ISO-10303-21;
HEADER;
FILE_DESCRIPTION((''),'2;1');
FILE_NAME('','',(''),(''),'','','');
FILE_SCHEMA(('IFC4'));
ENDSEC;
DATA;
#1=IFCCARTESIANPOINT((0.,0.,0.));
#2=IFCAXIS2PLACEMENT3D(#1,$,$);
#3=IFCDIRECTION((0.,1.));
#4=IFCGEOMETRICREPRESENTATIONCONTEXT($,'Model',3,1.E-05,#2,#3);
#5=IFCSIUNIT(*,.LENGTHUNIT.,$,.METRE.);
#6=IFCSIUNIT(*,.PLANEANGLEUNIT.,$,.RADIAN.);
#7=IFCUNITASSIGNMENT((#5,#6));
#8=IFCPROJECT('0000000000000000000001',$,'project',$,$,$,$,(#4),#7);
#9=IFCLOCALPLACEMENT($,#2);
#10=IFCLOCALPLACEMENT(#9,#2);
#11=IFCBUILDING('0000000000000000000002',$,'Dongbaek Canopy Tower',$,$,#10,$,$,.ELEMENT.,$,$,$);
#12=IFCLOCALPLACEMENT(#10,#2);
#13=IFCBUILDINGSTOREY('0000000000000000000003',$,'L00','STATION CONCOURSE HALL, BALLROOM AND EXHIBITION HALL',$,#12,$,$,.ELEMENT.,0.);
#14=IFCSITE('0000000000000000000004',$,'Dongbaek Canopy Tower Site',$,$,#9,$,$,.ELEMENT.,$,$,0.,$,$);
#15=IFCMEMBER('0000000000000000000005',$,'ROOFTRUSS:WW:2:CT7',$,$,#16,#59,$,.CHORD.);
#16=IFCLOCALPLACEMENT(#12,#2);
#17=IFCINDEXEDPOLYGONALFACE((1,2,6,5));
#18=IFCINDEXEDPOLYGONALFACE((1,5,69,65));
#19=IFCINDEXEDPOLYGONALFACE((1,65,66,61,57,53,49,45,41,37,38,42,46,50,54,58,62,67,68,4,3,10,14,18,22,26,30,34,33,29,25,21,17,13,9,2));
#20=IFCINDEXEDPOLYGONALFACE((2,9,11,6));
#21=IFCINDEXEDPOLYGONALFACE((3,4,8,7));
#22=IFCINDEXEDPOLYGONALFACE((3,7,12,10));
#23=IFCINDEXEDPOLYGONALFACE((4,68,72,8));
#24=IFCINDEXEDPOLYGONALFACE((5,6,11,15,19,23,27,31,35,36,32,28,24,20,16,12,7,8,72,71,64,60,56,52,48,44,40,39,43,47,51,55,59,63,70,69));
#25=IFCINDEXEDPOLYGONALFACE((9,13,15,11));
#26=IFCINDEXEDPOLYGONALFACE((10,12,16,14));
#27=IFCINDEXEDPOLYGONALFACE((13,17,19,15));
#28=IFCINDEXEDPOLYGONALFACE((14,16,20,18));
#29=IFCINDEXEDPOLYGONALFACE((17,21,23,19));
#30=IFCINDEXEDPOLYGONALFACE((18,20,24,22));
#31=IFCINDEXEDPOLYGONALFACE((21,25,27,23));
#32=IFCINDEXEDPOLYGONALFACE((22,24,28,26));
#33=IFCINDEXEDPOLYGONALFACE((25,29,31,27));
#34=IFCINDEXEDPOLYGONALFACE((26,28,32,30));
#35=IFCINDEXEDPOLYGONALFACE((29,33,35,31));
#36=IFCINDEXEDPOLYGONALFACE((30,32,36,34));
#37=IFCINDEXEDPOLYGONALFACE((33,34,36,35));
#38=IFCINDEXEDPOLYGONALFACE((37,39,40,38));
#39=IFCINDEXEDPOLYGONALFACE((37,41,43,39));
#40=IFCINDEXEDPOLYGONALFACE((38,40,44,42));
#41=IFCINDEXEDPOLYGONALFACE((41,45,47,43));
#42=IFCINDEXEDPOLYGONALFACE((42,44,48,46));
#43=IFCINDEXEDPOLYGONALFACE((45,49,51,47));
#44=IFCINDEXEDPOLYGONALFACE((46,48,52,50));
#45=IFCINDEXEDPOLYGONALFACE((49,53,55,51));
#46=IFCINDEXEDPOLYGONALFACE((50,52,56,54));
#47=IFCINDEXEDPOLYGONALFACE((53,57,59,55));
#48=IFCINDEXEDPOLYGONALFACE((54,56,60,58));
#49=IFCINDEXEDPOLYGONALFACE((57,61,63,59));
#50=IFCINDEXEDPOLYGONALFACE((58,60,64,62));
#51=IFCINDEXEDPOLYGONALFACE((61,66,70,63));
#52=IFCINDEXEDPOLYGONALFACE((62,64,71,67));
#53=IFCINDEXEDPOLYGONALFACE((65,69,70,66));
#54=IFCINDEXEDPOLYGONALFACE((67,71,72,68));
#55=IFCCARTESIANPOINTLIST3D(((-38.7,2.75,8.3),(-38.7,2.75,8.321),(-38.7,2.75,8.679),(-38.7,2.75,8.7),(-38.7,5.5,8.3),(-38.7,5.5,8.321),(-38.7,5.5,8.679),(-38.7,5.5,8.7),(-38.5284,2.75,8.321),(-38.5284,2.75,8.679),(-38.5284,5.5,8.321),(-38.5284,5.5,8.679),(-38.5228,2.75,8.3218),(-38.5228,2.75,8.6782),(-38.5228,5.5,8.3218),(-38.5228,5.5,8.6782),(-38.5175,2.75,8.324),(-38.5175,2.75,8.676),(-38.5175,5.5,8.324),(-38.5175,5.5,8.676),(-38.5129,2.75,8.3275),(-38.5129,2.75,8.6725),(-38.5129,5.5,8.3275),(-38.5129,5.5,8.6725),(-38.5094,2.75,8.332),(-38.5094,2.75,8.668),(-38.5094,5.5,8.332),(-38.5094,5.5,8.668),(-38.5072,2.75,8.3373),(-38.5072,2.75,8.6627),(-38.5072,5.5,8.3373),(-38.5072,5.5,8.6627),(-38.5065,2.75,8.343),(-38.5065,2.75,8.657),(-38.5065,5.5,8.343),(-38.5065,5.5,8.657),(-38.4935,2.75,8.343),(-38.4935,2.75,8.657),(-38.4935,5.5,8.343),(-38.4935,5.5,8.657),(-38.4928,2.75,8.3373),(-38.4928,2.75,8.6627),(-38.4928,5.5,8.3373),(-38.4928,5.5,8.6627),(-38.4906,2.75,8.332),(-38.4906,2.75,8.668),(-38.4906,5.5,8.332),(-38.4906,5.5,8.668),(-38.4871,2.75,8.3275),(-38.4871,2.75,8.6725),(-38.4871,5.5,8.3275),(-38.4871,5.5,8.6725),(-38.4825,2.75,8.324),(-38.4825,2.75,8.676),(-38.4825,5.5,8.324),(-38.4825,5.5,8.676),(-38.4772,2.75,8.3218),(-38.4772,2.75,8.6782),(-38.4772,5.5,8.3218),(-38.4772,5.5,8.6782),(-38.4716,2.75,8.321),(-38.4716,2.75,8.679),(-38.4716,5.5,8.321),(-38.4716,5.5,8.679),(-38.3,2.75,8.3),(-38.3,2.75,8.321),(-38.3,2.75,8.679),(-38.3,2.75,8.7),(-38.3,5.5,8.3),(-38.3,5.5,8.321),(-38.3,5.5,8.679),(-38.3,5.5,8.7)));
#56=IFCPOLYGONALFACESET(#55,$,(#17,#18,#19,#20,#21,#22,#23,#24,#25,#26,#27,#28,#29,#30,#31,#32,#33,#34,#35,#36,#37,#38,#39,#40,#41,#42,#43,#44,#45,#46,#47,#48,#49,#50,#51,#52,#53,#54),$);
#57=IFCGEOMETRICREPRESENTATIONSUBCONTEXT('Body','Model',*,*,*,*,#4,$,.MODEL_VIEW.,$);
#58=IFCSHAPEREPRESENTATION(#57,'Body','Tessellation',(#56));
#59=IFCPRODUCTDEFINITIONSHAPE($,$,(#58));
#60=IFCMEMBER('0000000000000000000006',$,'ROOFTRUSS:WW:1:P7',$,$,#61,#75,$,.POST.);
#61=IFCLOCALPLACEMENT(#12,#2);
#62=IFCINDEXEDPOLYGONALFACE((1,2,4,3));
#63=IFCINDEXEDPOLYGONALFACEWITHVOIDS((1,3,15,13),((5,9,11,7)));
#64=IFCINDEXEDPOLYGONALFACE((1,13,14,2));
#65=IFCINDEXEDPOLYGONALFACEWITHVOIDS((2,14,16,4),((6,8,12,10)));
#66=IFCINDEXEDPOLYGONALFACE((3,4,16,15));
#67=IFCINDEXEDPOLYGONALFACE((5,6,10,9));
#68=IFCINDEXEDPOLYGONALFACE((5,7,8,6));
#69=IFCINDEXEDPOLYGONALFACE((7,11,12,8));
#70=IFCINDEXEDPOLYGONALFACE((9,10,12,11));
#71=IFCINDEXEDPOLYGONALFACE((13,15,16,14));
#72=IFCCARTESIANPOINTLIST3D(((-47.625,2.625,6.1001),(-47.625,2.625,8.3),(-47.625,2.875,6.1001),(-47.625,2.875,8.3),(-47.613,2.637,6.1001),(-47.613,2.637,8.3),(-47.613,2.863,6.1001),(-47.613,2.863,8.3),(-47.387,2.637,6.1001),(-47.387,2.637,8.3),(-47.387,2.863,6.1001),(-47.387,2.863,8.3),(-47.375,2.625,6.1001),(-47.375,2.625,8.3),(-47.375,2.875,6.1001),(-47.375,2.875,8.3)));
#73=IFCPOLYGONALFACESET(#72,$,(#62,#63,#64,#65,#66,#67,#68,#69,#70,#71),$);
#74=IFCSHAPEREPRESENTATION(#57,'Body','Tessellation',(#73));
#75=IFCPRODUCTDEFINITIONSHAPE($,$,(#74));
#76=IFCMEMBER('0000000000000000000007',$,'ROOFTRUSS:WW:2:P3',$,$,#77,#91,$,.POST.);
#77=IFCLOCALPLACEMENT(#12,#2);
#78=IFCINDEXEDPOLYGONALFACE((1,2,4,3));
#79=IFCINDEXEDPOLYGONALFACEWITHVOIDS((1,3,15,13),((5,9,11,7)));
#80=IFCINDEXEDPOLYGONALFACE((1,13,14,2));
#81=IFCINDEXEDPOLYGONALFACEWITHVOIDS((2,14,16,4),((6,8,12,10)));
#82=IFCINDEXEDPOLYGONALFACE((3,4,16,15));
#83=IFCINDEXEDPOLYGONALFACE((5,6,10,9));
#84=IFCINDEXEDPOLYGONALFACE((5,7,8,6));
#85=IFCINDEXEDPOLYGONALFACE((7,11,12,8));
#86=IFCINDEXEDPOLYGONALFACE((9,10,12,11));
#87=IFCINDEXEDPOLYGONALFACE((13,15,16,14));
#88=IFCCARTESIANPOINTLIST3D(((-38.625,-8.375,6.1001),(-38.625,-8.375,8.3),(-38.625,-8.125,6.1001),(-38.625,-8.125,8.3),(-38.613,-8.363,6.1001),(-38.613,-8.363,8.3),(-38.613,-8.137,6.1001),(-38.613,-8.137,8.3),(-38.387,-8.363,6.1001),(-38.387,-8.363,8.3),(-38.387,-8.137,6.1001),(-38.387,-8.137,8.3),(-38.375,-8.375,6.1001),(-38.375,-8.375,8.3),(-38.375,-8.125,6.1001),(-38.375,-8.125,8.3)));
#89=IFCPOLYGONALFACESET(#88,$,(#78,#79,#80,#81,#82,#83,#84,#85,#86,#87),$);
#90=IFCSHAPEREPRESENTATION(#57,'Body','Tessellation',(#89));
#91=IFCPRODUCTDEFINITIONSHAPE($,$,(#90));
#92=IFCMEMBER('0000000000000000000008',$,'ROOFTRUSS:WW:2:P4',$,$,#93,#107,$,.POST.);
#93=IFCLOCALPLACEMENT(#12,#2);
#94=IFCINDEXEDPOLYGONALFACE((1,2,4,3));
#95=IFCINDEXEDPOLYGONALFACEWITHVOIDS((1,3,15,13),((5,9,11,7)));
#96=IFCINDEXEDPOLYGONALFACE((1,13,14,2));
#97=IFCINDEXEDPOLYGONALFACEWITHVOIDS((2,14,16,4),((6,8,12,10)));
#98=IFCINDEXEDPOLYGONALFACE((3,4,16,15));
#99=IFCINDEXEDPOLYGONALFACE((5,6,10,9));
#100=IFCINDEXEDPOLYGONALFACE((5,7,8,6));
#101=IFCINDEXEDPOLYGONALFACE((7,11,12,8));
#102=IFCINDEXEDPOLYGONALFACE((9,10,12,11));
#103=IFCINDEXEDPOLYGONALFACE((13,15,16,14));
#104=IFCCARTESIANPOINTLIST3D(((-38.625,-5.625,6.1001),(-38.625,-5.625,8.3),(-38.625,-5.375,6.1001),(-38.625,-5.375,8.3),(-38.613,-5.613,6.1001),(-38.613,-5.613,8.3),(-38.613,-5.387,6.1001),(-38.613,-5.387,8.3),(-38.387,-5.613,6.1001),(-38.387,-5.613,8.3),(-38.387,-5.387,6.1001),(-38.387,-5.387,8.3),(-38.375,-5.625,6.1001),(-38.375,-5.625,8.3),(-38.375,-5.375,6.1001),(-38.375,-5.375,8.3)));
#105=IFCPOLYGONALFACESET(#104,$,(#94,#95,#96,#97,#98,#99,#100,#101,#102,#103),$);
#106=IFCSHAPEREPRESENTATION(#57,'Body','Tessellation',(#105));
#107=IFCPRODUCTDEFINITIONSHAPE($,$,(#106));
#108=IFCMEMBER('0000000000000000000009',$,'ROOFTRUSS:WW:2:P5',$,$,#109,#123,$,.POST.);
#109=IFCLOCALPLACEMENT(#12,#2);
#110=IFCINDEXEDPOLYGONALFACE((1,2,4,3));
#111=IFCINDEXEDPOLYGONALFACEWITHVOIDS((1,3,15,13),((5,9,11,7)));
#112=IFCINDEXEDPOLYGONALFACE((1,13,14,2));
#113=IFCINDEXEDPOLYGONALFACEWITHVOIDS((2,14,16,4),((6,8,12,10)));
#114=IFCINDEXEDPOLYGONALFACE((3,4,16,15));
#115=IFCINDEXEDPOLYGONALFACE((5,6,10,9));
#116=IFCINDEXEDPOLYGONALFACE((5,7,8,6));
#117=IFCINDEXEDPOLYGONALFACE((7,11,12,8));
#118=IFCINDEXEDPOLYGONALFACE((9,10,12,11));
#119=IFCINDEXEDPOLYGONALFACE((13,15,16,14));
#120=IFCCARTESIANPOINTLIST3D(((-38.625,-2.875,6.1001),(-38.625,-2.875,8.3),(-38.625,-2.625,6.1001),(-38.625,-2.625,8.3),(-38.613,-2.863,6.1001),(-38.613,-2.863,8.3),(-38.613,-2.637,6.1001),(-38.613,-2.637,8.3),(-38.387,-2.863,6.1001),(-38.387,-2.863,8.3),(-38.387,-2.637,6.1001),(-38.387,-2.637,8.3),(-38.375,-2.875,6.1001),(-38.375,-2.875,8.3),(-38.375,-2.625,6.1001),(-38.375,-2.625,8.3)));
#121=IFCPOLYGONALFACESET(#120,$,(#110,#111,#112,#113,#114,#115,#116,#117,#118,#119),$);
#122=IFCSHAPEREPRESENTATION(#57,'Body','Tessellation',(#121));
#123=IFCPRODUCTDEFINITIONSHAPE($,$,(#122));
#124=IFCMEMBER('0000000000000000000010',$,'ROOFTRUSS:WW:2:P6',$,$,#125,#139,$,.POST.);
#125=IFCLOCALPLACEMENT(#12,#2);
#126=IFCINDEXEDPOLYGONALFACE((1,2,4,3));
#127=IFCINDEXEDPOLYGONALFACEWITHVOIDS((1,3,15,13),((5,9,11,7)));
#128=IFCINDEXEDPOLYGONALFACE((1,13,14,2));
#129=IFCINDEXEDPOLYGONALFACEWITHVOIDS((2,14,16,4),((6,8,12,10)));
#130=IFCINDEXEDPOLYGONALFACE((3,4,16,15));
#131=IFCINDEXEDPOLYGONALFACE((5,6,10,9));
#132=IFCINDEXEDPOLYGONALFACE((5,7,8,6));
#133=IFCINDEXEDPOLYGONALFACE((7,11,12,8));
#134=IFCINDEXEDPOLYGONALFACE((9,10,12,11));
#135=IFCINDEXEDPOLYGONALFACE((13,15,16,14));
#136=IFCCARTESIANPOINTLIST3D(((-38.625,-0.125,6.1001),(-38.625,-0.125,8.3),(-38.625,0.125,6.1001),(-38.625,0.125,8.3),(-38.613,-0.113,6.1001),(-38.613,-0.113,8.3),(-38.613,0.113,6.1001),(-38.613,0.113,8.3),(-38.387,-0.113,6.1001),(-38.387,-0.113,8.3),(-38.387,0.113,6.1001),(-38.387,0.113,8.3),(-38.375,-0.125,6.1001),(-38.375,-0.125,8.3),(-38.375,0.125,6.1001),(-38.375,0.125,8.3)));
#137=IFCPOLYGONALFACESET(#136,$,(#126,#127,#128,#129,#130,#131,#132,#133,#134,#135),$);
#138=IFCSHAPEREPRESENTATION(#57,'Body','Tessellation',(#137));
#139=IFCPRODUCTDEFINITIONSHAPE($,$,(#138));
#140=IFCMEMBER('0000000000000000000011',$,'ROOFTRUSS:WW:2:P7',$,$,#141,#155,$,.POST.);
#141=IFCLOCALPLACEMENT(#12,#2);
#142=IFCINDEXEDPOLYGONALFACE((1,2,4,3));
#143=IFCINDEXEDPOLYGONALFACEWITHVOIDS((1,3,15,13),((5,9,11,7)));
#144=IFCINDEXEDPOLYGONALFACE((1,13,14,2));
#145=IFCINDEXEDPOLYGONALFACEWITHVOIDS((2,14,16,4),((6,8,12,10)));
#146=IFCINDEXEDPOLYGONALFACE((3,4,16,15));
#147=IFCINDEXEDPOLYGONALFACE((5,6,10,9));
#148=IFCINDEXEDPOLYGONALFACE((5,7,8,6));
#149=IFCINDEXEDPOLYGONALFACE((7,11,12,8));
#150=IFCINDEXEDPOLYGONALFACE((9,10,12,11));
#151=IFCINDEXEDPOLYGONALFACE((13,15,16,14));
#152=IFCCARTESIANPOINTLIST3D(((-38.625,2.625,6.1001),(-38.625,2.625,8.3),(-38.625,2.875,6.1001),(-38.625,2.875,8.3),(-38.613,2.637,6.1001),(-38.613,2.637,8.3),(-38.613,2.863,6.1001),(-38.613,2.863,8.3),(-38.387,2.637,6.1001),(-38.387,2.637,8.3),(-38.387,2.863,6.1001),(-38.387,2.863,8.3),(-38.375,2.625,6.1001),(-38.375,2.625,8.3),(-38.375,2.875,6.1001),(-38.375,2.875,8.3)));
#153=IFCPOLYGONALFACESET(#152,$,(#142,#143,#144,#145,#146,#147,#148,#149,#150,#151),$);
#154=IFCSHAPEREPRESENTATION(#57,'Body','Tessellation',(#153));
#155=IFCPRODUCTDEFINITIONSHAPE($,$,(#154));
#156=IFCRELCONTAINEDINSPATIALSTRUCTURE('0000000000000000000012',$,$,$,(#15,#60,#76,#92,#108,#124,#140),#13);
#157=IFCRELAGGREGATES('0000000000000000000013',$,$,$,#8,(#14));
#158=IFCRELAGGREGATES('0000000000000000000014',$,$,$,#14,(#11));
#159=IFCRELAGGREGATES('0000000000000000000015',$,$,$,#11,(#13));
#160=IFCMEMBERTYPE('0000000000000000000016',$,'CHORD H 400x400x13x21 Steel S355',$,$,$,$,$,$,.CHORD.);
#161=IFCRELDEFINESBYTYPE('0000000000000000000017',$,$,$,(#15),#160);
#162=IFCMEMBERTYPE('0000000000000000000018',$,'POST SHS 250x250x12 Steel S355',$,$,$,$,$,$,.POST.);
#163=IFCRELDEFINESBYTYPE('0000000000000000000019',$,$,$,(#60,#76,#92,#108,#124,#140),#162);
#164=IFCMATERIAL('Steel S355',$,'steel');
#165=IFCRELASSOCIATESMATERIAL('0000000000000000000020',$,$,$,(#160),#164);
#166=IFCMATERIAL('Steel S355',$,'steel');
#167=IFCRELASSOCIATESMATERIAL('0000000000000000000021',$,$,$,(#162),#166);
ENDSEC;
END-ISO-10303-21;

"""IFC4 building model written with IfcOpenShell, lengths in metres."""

from ifc_helpers import new_model, si_unit, direction, frame, origin, origin_2d, place, context, subcontext, project, spatial, hollow_rectangle, i_section, extrude, material, material_profile, profile_set, type_object, element, save


model = new_model("IFC4")

# Units and contexts
model_context = context("Model", 3, precision=1e-05, world=origin(), true_north=direction((0.0, 1.0)))
body_context = subcontext(model_context, "Body", "Model", "MODEL_VIEW")
ifc_project = project(units=[si_unit("LENGTHUNIT", "METRE"), si_unit("PLANEANGLEUNIT", "RADIAN")], contexts=[model_context])

# Site, building, storey
site_placement = place(None, origin())
site = spatial("IfcSite", under=ifc_project, at=site_placement, Name="Dongbaek Canopy Tower Site", CompositionType="ELEMENT", RefElevation=0.0)
building_placement = place(site_placement, origin())
building = spatial("IfcBuilding", under=site, at=building_placement, Name="Dongbaek Canopy Tower", CompositionType="ELEMENT")
storey_placement = place(building_placement, origin())
storey = spatial("IfcBuildingStorey", under=building, at=storey_placement, Name="L00", Description="STATION CONCOURSE HALL, BALLROOM AND EXHIBITION HALL", CompositionType="ELEMENT", Elevation=0.0)

# Members
ifc_material_1 = material(Name="Steel S355", Category="steel")
ifc_material_profile_1 = material_profile(ifc_material_1, i_section(OverallWidth=0.3999, OverallDepth=0.3999, WebThickness=0.0129, FlangeThickness=0.021, FilletRadius=0.022, at=origin_2d()), Name="CHORD H 400x400x13x21 Steel S355")
ifc_profile_set_1 = profile_set([ifc_material_profile_1], Name="Steel S355")
member_type_1 = type_object("IfcMemberType", Name="CHORD H 400x400x13x21 Steel S355", PredefinedType="CHORD", material=ifc_profile_set_1)
for number, where, z_axis, x_axis, name in (
    (1, (-38.5, 2.75, 8.5), (0.0, 1.0, 0.0), (-1.0, 0.0, 0.0), "ROOFTRUSS:WW:2:CT7"),
):
    element("IfcMember", number, at=place(storey_placement, frame(where, z_axis=z_axis, x_axis=x_axis)), inside=storey, type_object=member_type_1, Name=name, PredefinedType="CHORD", context=body_context, shape_type="SweptSolid", body=[
        extrude(i_section(OverallWidth=0.3999, OverallDepth=0.3999, WebThickness=0.0129, FlangeThickness=0.021, FilletRadius=0.022, at=origin_2d()), origin(), (0.0, 0.0, 1.0), 2.75),
    ])
ifc_material_2 = material(Name="Steel S355", Category="steel")
ifc_material_profile_2 = material_profile(ifc_material_2, hollow_rectangle(XDim=0.25, YDim=0.25, WallThickness=0.012, at=origin_2d()), Name="POST SHS 250x250x12 Steel S355")
ifc_profile_set_2 = profile_set([ifc_material_profile_2], Name="Steel S355")
member_type_2 = type_object("IfcMemberType", Name="POST SHS 250x250x12 Steel S355", PredefinedType="POST", material=ifc_profile_set_2)
for number, where, z_axis, x_axis, name in (
    (2, (-47.5, 2.75, 6.1001), (0.0, 0.0, 1.0), (1.0, 0.0, 0.0), "ROOFTRUSS:WW:1:P7"),
    (3, (-38.5, -8.25, 6.1001), (0.0, 0.0, 1.0), (1.0, 0.0, 0.0), "ROOFTRUSS:WW:2:P3"),
    (4, (-38.5, -5.5, 6.1001), (0.0, 0.0, 1.0), (1.0, 0.0, 0.0), "ROOFTRUSS:WW:2:P4"),
    (5, (-38.5, -2.75, 6.1001), (0.0, 0.0, 1.0), (1.0, 0.0, 0.0), "ROOFTRUSS:WW:2:P5"),
    (6, (-38.5, 0.0, 6.1001), (0.0, 0.0, 1.0), (1.0, 0.0, 0.0), "ROOFTRUSS:WW:2:P6"),
    (7, (-38.5, 2.75, 6.1001), (0.0, 0.0, 1.0), (1.0, 0.0, 0.0), "ROOFTRUSS:WW:2:P7"),
):
    element("IfcMember", number, at=place(storey_placement, frame(where, z_axis=z_axis, x_axis=x_axis)), inside=storey, type_object=member_type_2, Name=name, PredefinedType="POST", context=body_context, shape_type="SweptSolid", body=[
        extrude(hollow_rectangle(XDim=0.25, YDim=0.25, WallThickness=0.012, at=origin_2d()), origin(), (0.0, 0.0, 1.0), 2.2),
    ])

save(model, "model.ifc")
